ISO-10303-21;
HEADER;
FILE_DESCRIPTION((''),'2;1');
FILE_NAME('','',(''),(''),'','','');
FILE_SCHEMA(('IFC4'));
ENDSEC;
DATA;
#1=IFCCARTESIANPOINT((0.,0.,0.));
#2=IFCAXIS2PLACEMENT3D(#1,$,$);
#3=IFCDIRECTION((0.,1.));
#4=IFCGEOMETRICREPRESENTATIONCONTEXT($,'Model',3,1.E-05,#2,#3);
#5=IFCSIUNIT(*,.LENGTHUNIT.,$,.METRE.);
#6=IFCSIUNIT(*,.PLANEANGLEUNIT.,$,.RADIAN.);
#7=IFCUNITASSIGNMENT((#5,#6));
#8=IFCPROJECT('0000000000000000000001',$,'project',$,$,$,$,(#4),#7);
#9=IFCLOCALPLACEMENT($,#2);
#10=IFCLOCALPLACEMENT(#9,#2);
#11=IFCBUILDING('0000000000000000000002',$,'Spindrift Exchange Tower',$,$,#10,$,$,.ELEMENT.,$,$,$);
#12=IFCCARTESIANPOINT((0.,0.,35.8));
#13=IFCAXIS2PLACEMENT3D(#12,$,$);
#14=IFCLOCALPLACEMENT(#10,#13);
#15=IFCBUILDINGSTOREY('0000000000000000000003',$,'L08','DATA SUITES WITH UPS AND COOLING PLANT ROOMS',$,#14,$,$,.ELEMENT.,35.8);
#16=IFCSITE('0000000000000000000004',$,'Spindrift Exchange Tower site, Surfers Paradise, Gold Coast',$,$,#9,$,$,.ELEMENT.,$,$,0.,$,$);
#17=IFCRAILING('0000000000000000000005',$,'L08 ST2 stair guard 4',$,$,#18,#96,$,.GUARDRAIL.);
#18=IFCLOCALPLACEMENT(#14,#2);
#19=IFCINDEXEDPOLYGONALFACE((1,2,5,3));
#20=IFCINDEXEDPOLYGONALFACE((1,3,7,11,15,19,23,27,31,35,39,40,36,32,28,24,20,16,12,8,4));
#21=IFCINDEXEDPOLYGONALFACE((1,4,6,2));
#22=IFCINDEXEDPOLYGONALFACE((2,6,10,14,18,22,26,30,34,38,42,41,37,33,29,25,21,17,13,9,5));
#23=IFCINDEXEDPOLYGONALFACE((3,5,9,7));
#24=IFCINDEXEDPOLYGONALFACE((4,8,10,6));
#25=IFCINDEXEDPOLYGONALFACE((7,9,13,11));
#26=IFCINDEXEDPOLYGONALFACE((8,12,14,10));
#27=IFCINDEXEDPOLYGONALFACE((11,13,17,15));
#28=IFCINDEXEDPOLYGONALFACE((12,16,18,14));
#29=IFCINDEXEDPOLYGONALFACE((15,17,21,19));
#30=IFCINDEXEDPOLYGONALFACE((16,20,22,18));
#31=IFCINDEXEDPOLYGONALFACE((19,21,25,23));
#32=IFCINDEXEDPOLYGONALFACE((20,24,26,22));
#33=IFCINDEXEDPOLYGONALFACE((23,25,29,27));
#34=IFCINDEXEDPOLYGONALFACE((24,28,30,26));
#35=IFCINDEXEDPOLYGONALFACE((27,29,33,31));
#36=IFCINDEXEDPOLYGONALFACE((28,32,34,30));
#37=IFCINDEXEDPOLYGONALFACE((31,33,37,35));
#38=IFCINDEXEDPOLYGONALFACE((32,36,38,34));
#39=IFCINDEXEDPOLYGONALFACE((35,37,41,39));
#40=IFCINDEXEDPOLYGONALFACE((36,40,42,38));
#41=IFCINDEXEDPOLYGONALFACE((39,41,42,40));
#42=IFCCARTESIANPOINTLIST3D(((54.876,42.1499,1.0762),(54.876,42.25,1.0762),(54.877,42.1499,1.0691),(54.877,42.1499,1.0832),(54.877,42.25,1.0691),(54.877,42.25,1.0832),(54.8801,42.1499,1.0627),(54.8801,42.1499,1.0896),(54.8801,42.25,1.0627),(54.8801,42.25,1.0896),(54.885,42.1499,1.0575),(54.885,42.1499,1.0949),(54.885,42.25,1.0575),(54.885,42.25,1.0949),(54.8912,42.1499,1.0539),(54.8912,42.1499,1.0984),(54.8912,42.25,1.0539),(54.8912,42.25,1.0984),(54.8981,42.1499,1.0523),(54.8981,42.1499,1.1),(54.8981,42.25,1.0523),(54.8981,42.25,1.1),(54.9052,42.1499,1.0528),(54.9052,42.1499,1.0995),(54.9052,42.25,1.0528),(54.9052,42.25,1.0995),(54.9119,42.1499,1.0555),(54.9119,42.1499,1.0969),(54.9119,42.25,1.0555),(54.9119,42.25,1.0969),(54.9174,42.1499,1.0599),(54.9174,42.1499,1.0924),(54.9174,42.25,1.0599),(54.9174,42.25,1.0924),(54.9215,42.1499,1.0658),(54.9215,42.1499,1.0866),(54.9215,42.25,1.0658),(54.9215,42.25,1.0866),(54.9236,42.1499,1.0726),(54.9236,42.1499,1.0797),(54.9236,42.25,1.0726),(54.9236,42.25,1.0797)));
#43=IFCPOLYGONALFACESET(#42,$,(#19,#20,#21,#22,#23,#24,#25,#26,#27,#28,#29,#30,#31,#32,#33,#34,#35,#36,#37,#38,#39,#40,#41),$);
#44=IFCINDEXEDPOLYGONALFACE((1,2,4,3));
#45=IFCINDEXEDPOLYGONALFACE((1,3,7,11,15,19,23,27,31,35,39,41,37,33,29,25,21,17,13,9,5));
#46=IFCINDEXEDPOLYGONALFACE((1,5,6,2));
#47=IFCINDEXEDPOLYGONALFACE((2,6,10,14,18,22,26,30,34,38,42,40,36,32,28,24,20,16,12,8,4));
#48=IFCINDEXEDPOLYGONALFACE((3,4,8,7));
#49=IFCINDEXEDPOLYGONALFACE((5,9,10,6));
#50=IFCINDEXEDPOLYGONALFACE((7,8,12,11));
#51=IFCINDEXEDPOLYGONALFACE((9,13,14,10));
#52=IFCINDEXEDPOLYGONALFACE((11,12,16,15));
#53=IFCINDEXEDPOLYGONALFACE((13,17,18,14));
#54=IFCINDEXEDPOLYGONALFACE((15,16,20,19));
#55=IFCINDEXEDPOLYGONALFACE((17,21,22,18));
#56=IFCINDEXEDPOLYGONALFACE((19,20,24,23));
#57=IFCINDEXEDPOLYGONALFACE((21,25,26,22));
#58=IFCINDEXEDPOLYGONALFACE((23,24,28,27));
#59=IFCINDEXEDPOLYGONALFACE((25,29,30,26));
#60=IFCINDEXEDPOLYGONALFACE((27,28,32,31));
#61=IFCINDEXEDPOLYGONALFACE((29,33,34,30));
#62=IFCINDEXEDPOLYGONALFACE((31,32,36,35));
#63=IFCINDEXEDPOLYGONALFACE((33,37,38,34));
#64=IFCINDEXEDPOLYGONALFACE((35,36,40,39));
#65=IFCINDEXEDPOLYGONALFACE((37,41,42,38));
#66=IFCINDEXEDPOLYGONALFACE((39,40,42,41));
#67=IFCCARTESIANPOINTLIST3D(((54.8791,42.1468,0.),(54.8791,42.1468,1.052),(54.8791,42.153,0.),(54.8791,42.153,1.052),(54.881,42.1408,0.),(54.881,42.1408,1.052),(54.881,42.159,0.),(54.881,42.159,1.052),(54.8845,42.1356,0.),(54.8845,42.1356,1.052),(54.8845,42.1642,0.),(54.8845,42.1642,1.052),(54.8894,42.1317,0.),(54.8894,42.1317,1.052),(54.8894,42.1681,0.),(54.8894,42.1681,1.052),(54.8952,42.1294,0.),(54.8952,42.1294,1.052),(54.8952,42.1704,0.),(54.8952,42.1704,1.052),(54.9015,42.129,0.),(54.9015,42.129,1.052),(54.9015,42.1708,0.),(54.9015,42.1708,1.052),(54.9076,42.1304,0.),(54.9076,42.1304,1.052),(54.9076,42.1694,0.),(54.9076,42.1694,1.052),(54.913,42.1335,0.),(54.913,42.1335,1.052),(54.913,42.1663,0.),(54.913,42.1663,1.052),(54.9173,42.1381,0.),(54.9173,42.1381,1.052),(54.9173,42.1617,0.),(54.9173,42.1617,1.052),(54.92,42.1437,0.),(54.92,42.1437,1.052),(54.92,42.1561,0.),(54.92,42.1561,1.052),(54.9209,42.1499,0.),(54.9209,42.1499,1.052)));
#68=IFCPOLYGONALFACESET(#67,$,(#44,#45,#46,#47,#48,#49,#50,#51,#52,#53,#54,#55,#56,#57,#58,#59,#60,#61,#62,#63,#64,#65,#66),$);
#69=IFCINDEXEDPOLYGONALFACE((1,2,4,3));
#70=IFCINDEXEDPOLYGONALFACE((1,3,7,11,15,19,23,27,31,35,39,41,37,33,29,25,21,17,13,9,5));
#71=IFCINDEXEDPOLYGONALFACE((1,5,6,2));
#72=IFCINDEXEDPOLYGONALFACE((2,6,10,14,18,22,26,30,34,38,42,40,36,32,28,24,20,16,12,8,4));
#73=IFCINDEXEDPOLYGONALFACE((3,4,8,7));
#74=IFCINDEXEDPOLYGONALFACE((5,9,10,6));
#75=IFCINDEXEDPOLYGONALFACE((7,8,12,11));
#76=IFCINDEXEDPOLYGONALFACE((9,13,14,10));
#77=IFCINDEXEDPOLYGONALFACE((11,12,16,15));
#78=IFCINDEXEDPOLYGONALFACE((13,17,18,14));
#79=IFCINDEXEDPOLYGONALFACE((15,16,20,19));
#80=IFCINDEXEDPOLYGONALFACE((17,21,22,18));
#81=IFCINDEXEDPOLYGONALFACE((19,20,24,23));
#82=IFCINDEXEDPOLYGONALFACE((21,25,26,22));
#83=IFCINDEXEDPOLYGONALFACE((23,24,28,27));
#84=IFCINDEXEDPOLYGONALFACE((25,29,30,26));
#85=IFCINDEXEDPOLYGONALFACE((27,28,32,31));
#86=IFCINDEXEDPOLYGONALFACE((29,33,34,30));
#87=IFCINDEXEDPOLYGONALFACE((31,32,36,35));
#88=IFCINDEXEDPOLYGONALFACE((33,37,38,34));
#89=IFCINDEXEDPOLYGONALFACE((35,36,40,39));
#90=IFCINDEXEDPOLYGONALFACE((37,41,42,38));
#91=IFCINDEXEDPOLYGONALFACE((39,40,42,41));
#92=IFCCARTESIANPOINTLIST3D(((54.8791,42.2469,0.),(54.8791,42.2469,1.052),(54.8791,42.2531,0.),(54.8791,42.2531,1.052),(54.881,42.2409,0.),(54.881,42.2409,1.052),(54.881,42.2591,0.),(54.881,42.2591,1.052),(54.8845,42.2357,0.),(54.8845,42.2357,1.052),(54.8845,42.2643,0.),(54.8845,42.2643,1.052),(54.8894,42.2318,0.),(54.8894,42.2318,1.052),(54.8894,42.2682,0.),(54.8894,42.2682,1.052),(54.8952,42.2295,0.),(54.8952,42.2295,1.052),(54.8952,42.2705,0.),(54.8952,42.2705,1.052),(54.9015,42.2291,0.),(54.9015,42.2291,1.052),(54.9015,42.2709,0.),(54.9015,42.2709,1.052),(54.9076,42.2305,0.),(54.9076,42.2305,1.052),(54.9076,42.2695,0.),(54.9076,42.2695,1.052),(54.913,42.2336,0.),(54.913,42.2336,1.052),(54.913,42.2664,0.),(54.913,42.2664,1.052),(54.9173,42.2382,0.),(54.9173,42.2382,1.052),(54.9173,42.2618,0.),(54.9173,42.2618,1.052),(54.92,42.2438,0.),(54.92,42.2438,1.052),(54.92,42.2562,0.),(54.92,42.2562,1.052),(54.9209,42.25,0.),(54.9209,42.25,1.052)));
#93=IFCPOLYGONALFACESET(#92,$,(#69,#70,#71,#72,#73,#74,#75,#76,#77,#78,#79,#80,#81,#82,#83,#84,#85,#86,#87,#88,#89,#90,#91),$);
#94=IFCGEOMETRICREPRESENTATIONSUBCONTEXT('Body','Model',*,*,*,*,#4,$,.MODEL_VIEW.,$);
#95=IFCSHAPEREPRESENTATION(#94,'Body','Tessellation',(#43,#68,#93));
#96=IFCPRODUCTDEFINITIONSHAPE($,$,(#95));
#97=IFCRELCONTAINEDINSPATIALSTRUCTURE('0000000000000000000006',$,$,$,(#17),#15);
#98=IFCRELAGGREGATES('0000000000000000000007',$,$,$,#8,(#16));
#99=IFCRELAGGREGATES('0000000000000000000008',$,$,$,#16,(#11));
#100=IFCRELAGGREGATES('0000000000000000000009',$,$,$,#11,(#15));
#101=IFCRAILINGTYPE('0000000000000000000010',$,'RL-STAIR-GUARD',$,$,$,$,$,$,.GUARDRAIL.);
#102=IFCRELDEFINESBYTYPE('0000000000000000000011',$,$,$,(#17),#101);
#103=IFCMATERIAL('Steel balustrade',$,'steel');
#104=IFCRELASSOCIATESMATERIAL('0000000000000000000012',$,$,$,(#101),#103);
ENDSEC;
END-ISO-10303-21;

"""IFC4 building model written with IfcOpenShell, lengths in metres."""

from ifc_helpers import new_model, si_unit, direction, frame, origin, origin_2d, place, context, subcontext, project, spatial, circle, extrude, material, type_object, element, save


model = new_model("IFC4")

# Units and contexts
model_context = context("Model", 3, precision=1e-05, world=origin(), true_north=direction((0.0, 1.0)))
body_context = subcontext(model_context, "Body", "Model", "MODEL_VIEW")
ifc_project = project(units=[si_unit("LENGTHUNIT", "METRE"), si_unit("PLANEANGLEUNIT", "RADIAN")], contexts=[model_context])

# Site, building, storey
site_placement = place(None, origin())
site = spatial("IfcSite", under=ifc_project, at=site_placement, Name="Spindrift Exchange Tower site, Surfers Paradise, Gold Coast", CompositionType="ELEMENT", RefElevation=0.0)
building_placement = place(site_placement, origin())
building = spatial("IfcBuilding", under=site, at=building_placement, Name="Spindrift Exchange Tower", CompositionType="ELEMENT")
storey_placement = place(building_placement, frame((0.0, 0.0, 35.8)))
storey = spatial("IfcBuildingStorey", under=building, at=storey_placement, Name="L08", Description="DATA SUITES WITH UPS AND COOLING PLANT ROOMS", CompositionType="ELEMENT", Elevation=35.8)

# Railing
ifc_material_1 = material(Name="Steel balustrade", Category="steel")
railing_type_1 = type_object("IfcRailingType", Name="RL-STAIR-GUARD", PredefinedType="GUARDRAIL", material=ifc_material_1)
railing_1_placement = place(storey_placement, frame((54.8999, 42.1499, 0.0)))
element("IfcRailing", 1, at=railing_1_placement, inside=storey, type_object=railing_type_1, Name="L08 ST2 stair guard 4", PredefinedType="GUARDRAIL", context=body_context, shape_type="SweptSolid", body=[
    extrude(circle(Radius=0.0239, at=origin_2d()), frame((0.0, 0.0, 1.0762), z_axis=(0.0, 1.0, 0.0), x_axis=(-1.0, 0.0, 0.0)), (0.0, 0.0, 1.0), 0.1001),
    extrude(circle(Radius=0.021, at=origin_2d()), origin(), (0.0, 0.0, 1.0), 1.052),
    extrude(circle(Radius=0.021, at=origin_2d()), frame((0.0, 0.1001, 0.0)), (0.0, 0.0, 1.0), 1.052),
])

save(model, "model.ifc")
